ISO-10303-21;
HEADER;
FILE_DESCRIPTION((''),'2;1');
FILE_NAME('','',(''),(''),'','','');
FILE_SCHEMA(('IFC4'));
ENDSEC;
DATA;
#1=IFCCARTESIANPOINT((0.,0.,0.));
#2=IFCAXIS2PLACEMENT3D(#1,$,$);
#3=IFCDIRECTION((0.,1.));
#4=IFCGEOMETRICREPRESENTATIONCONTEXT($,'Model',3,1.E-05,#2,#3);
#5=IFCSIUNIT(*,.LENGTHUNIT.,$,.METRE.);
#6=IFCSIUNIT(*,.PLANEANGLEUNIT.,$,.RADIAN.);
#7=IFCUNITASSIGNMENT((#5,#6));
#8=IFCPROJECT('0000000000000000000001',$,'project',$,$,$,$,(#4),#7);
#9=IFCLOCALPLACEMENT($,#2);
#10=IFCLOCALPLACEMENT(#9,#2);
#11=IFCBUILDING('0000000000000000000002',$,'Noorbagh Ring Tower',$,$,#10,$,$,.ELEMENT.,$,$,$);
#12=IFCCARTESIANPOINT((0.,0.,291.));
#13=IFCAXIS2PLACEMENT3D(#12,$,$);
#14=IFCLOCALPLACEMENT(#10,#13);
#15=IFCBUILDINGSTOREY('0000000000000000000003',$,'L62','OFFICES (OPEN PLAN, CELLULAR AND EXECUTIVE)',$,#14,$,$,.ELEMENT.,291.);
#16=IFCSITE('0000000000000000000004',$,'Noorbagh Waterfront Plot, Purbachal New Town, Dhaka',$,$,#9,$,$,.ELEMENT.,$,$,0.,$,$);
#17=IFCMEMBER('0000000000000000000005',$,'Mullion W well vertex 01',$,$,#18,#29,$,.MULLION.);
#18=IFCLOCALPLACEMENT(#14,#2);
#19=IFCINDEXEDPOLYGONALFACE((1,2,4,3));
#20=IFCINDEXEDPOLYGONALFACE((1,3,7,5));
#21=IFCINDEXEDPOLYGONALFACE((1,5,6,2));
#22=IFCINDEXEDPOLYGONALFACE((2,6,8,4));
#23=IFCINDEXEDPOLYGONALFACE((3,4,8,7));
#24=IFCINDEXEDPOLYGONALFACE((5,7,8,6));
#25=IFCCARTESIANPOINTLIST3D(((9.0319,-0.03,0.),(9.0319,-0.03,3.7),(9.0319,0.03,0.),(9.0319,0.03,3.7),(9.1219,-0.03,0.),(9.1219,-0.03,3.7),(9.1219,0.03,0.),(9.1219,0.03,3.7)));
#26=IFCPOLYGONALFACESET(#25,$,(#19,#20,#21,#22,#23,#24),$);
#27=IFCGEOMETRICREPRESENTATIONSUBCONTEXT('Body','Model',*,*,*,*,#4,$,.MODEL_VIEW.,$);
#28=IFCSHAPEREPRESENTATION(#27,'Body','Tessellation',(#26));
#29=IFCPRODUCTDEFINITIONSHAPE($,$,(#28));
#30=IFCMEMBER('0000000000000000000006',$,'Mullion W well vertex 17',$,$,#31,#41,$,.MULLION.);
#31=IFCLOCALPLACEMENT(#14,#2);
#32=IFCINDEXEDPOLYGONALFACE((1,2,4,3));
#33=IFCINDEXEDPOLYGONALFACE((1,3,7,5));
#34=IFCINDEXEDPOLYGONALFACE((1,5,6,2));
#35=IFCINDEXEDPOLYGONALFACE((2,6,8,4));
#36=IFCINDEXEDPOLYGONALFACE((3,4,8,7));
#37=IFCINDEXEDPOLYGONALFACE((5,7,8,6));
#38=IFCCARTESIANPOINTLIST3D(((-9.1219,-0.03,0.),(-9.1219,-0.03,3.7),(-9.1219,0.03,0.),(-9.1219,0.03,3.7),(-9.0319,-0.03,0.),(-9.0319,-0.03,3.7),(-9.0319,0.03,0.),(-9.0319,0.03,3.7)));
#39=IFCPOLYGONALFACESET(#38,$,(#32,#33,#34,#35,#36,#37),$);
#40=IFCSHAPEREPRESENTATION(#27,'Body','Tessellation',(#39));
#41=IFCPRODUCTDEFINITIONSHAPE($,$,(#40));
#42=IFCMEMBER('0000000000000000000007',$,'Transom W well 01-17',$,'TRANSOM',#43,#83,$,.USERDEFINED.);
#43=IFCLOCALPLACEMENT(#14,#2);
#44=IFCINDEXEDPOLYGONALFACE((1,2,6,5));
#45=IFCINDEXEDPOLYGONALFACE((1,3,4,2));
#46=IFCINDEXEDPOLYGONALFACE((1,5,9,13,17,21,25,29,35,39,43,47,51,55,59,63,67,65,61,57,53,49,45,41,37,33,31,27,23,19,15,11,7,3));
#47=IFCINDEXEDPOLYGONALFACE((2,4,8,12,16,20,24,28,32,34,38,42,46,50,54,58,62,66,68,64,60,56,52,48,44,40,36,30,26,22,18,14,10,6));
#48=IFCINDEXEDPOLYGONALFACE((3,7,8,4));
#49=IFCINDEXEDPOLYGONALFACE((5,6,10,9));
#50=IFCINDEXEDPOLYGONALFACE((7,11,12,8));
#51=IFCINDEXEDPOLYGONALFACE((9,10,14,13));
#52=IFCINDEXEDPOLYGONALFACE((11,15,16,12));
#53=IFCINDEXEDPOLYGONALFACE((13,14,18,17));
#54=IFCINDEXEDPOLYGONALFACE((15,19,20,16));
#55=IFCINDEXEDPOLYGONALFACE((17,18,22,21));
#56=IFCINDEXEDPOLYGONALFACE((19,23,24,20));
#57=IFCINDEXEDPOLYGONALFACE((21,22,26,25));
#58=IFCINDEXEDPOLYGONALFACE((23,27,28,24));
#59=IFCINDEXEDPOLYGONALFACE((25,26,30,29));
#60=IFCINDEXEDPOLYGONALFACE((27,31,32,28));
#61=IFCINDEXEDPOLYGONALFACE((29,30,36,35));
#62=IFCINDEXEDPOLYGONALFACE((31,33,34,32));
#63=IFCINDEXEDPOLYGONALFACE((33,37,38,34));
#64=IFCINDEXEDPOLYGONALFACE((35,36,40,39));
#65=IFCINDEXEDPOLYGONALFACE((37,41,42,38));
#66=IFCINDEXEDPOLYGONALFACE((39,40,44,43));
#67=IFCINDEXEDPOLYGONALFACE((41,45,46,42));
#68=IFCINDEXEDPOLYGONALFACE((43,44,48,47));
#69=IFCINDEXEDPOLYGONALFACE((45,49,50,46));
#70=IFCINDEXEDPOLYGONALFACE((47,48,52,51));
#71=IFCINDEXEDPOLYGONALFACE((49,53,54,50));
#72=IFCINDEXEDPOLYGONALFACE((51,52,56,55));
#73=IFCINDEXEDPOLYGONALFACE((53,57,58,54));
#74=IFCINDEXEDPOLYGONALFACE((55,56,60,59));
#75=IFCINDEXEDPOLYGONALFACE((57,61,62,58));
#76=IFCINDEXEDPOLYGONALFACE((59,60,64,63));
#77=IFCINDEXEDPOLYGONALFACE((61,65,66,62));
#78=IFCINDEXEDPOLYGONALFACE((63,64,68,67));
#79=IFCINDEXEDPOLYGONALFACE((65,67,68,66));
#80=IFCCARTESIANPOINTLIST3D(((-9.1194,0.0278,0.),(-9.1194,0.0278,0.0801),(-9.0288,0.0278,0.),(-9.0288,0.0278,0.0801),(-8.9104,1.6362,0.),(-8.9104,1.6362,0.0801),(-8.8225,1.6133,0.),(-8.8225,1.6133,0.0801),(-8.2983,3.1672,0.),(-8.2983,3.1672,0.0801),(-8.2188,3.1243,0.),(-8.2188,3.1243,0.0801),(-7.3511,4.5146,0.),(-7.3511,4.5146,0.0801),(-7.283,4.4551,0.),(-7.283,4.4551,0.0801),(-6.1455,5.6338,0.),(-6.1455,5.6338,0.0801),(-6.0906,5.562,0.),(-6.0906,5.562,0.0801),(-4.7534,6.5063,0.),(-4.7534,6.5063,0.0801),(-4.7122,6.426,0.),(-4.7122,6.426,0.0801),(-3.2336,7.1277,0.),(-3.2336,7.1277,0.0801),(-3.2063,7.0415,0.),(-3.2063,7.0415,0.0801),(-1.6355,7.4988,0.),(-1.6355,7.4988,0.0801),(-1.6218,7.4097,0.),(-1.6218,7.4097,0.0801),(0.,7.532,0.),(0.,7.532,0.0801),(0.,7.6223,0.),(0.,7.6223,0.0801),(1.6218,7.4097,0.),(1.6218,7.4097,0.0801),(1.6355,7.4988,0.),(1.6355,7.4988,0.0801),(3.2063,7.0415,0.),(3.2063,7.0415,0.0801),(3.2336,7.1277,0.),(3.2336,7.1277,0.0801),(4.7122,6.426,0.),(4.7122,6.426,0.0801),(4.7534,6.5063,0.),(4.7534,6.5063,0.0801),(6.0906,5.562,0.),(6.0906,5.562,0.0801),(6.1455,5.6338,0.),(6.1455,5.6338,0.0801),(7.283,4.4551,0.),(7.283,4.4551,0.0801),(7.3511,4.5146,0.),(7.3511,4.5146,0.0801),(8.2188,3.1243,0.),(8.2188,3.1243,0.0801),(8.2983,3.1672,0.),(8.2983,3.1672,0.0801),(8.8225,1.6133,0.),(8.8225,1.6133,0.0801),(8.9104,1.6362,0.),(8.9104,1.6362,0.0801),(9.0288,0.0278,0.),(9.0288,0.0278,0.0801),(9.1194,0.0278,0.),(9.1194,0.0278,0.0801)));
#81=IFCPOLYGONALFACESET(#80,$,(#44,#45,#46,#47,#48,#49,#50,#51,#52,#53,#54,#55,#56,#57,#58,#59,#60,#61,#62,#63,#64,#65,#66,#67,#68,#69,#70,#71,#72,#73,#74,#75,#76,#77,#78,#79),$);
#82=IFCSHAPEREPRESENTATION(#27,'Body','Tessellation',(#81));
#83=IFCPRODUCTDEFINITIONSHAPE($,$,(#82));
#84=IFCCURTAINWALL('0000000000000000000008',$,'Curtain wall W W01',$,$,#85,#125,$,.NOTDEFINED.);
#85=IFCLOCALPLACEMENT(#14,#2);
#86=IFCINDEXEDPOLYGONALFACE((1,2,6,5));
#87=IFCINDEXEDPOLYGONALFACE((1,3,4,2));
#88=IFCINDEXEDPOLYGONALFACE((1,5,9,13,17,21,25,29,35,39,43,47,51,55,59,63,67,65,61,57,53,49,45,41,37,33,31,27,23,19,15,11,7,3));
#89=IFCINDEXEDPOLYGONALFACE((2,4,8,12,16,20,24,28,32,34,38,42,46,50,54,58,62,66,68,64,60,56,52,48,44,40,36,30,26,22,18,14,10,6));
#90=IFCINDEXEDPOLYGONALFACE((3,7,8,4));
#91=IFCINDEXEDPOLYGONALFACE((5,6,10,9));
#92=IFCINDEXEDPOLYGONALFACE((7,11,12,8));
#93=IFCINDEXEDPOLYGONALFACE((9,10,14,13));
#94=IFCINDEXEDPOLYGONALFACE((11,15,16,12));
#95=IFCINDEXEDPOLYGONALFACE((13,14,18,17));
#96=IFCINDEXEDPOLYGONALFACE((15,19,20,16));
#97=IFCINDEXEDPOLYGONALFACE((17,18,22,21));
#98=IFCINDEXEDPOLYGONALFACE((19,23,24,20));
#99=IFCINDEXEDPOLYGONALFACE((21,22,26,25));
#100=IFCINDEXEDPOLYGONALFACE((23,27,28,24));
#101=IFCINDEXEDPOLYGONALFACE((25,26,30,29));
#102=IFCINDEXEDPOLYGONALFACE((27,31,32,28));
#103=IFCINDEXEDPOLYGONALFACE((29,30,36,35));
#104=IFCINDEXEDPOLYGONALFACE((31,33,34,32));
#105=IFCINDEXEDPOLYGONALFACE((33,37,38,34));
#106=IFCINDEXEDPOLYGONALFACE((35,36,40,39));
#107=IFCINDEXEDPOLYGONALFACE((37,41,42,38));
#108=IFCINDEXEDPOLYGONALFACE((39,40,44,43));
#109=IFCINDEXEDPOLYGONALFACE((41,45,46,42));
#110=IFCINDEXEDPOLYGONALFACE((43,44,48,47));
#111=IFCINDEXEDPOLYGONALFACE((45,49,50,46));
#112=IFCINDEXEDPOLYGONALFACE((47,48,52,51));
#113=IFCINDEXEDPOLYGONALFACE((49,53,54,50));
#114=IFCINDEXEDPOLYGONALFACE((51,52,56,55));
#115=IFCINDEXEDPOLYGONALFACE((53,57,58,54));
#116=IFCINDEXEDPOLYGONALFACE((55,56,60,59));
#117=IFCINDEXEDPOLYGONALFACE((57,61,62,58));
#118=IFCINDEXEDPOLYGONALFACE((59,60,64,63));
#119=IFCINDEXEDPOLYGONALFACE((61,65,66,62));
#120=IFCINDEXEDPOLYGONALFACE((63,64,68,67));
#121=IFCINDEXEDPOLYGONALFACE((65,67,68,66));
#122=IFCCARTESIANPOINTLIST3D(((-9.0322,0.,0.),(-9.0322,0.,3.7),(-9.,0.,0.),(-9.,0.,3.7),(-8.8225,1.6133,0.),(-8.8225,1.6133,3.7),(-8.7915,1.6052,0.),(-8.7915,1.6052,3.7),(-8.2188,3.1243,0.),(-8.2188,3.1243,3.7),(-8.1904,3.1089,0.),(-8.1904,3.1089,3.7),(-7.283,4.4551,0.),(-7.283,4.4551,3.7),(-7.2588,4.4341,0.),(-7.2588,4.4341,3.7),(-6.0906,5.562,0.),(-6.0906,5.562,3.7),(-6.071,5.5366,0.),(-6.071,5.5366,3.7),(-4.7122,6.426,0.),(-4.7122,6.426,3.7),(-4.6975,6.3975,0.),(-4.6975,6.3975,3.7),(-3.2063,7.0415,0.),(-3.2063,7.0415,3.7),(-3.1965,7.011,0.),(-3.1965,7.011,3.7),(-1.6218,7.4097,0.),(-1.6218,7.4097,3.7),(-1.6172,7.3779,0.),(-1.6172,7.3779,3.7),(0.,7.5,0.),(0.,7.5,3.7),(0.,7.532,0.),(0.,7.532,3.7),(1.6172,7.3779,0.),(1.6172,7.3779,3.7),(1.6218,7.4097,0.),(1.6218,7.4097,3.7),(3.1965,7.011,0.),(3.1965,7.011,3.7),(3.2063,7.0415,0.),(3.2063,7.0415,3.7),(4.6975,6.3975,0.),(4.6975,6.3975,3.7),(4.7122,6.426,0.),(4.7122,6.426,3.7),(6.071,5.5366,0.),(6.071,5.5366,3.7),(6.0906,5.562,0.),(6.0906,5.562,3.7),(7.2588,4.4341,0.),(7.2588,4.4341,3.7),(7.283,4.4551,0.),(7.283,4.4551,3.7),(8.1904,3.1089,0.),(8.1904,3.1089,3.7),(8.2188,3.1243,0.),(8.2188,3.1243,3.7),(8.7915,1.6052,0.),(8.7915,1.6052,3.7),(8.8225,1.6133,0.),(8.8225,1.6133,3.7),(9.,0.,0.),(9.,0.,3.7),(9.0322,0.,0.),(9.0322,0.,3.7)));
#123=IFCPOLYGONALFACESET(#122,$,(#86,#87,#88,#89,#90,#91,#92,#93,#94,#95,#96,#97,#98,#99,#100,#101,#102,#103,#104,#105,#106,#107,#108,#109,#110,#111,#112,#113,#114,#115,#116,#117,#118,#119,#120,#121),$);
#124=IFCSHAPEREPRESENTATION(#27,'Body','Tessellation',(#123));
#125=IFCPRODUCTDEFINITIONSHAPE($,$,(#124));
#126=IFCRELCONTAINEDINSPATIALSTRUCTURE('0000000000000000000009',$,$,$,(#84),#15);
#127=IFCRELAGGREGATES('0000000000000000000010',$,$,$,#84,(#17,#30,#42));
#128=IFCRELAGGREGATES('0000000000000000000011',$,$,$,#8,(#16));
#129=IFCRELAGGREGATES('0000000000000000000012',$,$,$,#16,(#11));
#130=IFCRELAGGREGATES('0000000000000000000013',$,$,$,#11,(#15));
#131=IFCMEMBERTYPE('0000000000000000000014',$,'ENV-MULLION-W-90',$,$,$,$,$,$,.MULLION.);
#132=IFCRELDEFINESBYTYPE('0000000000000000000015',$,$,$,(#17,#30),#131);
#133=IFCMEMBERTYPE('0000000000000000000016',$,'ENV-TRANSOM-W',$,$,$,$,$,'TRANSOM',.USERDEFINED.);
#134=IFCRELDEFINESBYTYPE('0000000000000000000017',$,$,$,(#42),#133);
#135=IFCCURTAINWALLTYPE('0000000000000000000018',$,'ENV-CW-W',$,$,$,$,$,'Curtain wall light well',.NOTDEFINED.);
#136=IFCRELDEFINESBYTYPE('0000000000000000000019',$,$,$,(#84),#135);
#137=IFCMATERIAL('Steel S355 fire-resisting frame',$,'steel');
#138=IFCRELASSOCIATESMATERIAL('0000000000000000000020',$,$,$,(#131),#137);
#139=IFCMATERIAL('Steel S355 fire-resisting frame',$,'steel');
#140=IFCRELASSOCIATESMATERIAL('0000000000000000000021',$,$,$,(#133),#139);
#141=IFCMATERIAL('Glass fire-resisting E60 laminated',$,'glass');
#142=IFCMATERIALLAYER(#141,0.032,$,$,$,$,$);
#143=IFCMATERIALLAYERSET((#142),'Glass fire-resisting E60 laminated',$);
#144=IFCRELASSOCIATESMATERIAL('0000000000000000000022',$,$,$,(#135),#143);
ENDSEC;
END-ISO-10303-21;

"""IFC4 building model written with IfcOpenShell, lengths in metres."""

from ifc_helpers import new_model, si_unit, direction, frame, origin, origin_2d, place, context, subcontext, project, spatial, polyline, rectangle, outline, extrude, material, layer, layer_set, material_profile, profile_set, type_object, element, aggregate, save


model = new_model("IFC4")

# Units and contexts
model_context = context("Model", 3, precision=1e-05, world=origin(), true_north=direction((0.0, 1.0)))
body_context = subcontext(model_context, "Body", "Model", "MODEL_VIEW")
ifc_project = project(units=[si_unit("LENGTHUNIT", "METRE"), si_unit("PLANEANGLEUNIT", "RADIAN")], contexts=[model_context])

# Site, building, storey
site_placement = place(None, origin())
site = spatial("IfcSite", under=ifc_project, at=site_placement, Name="Noorbagh Waterfront Plot, Purbachal New Town, Dhaka", CompositionType="ELEMENT", RefElevation=0.0)
building_placement = place(site_placement, origin())
building = spatial("IfcBuilding", under=site, at=building_placement, Name="Noorbagh Ring Tower", CompositionType="ELEMENT")
storey_placement = place(building_placement, frame((0.0, 0.0, 291.0)))
storey = spatial("IfcBuildingStorey", under=building, at=storey_placement, Name="L62", Description="OFFICES (OPEN PLAN, CELLULAR AND EXECUTIVE)", CompositionType="ELEMENT", Elevation=291.0)

# Members
ifc_material_1 = material(Name="Steel S355 fire-resisting frame", Category="steel")
ifc_material_profile_1 = material_profile(ifc_material_1, rectangle(XDim=0.0901, YDim=0.0601, at=origin_2d()), Name="90x60")
ifc_profile_set_1 = profile_set([ifc_material_profile_1], Name="Steel S355 fire-resisting frame")
member_type_1 = type_object("IfcMemberType", Name="ENV-MULLION-W-90", PredefinedType="MULLION", material=ifc_profile_set_1)
member_1_placement = place(storey_placement, frame((9.0769, 0.0, 0.0), z_axis=(0.0, 0.0, 1.0), x_axis=(1.0, 0.0, 0.0)))
member_1 = element("IfcMember", 1, at=member_1_placement, type_object=member_type_1, Name="Mullion W well vertex 01", PredefinedType="MULLION", context=body_context, shape_type="SweptSolid", body=[
    extrude(rectangle(XDim=0.0901, YDim=0.0601, at=origin_2d()), origin(), (0.0, 0.0, 1.0), 3.7),
])
member_2_placement = place(storey_placement, frame((-9.0769, 0.0, 0.0), z_axis=(0.0, 0.0, 1.0), x_axis=(-1.0, 0.0, 0.0)))
member_2 = element("IfcMember", 2, at=member_2_placement, type_object=member_type_1, Name="Mullion W well vertex 17", PredefinedType="MULLION", context=body_context, shape_type="SweptSolid", body=[
    extrude(rectangle(XDim=0.0901, YDim=0.0601, at=origin_2d()), origin(), (0.0, 0.0, 1.0), 3.7),
])
ifc_material_2 = material(Name="Steel S355 fire-resisting frame", Category="steel")
member_type_2 = type_object("IfcMemberType", Name="ENV-TRANSOM-W", ElementType="TRANSOM", PredefinedType="USERDEFINED", material=ifc_material_2)
member_3_placement = place(storey_placement, origin())
member_3 = element("IfcMember", 3, at=member_3_placement, type_object=member_type_2, Name="Transom W well 01-17", ObjectType="TRANSOM", PredefinedType="USERDEFINED", context=body_context, shape_type="SweptSolid", body=[
    extrude(outline(polyline([(9.1194, 0.0278), (8.9104, 1.6362), (8.2983, 3.1672), (7.3511, 4.5146), (6.1455, 5.6338), (4.7534, 6.5063), (3.2336, 7.1277), (1.6355, 7.4988), (0.0, 7.6223), (-1.6355, 7.4988), (-3.2336, 7.1277), (-4.7534, 6.5063), (-6.1455, 5.6338), (-7.3511, 4.5146), (-8.2983, 3.1672), (-8.9104, 1.6362), (-9.1194, 0.0278), (-9.0288, 0.0278), (-8.8225, 1.6133), (-8.2188, 3.1243), (-7.283, 4.4551), (-6.0906, 5.562), (-4.7122, 6.426), (-3.2063, 7.0415), (-1.6218, 7.4097), (0.0, 7.532), (1.6218, 7.4097), (3.2063, 7.0415), (4.7122, 6.426), (6.0906, 5.562), (7.283, 4.4551), (8.2188, 3.1243), (8.8225, 1.6133), (9.0288, 0.0278), (9.1194, 0.0278)])), origin(), (0.0, 0.0, 1.0), 0.0801),
])

# Curtain wall
ifc_material_3 = material(Name="Glass fire-resisting E60 laminated", Category="glass")
ifc_layer_1 = layer(ifc_material_3, 0.032)
ifc_layer_set_1 = layer_set([ifc_layer_1], Name="Glass fire-resisting E60 laminated")
curtain_wall_type_1 = type_object("IfcCurtainWallType", Name="ENV-CW-W", ElementType="Curtain wall light well", PredefinedType="NOTDEFINED", material=ifc_layer_set_1)
curtain_wall_1_placement = place(storey_placement, origin())
curtain_wall_1 = element("IfcCurtainWall", 4, at=curtain_wall_1_placement, inside=storey, type_object=curtain_wall_type_1, Name="Curtain wall W W01", PredefinedType="NOTDEFINED", context=body_context, shape_type="SweptSolid", body=[
    extrude(outline(polyline([(9.0322, 0.0), (8.8225, 1.6133), (8.2188, 3.1243), (7.283, 4.4551), (6.0906, 5.562), (4.7122, 6.426), (3.2063, 7.0415), (1.6218, 7.4097), (0.0, 7.532), (-1.6218, 7.4097), (-3.2063, 7.0415), (-4.7122, 6.426), (-6.0906, 5.562), (-7.283, 4.4551), (-8.2188, 3.1243), (-8.8225, 1.6133), (-9.0322, 0.0), (-9.0, 0.0), (-8.7915, 1.6052), (-8.1904, 3.1089), (-7.2588, 4.4341), (-6.071, 5.5366), (-4.6975, 6.3975), (-3.1965, 7.011), (-1.6172, 7.3779), (0.0, 7.5), (1.6172, 7.3779), (3.1965, 7.011), (4.6975, 6.3975), (6.071, 5.5366), (7.2588, 4.4341), (8.1904, 3.1089), (8.7915, 1.6052), (9.0, 0.0), (9.0322, 0.0)])), origin(), (0.0, 0.0, 1.0), 3.7),
])
aggregate(curtain_wall_1, [member_1, member_2, member_3])

save(model, "model.ifc")
